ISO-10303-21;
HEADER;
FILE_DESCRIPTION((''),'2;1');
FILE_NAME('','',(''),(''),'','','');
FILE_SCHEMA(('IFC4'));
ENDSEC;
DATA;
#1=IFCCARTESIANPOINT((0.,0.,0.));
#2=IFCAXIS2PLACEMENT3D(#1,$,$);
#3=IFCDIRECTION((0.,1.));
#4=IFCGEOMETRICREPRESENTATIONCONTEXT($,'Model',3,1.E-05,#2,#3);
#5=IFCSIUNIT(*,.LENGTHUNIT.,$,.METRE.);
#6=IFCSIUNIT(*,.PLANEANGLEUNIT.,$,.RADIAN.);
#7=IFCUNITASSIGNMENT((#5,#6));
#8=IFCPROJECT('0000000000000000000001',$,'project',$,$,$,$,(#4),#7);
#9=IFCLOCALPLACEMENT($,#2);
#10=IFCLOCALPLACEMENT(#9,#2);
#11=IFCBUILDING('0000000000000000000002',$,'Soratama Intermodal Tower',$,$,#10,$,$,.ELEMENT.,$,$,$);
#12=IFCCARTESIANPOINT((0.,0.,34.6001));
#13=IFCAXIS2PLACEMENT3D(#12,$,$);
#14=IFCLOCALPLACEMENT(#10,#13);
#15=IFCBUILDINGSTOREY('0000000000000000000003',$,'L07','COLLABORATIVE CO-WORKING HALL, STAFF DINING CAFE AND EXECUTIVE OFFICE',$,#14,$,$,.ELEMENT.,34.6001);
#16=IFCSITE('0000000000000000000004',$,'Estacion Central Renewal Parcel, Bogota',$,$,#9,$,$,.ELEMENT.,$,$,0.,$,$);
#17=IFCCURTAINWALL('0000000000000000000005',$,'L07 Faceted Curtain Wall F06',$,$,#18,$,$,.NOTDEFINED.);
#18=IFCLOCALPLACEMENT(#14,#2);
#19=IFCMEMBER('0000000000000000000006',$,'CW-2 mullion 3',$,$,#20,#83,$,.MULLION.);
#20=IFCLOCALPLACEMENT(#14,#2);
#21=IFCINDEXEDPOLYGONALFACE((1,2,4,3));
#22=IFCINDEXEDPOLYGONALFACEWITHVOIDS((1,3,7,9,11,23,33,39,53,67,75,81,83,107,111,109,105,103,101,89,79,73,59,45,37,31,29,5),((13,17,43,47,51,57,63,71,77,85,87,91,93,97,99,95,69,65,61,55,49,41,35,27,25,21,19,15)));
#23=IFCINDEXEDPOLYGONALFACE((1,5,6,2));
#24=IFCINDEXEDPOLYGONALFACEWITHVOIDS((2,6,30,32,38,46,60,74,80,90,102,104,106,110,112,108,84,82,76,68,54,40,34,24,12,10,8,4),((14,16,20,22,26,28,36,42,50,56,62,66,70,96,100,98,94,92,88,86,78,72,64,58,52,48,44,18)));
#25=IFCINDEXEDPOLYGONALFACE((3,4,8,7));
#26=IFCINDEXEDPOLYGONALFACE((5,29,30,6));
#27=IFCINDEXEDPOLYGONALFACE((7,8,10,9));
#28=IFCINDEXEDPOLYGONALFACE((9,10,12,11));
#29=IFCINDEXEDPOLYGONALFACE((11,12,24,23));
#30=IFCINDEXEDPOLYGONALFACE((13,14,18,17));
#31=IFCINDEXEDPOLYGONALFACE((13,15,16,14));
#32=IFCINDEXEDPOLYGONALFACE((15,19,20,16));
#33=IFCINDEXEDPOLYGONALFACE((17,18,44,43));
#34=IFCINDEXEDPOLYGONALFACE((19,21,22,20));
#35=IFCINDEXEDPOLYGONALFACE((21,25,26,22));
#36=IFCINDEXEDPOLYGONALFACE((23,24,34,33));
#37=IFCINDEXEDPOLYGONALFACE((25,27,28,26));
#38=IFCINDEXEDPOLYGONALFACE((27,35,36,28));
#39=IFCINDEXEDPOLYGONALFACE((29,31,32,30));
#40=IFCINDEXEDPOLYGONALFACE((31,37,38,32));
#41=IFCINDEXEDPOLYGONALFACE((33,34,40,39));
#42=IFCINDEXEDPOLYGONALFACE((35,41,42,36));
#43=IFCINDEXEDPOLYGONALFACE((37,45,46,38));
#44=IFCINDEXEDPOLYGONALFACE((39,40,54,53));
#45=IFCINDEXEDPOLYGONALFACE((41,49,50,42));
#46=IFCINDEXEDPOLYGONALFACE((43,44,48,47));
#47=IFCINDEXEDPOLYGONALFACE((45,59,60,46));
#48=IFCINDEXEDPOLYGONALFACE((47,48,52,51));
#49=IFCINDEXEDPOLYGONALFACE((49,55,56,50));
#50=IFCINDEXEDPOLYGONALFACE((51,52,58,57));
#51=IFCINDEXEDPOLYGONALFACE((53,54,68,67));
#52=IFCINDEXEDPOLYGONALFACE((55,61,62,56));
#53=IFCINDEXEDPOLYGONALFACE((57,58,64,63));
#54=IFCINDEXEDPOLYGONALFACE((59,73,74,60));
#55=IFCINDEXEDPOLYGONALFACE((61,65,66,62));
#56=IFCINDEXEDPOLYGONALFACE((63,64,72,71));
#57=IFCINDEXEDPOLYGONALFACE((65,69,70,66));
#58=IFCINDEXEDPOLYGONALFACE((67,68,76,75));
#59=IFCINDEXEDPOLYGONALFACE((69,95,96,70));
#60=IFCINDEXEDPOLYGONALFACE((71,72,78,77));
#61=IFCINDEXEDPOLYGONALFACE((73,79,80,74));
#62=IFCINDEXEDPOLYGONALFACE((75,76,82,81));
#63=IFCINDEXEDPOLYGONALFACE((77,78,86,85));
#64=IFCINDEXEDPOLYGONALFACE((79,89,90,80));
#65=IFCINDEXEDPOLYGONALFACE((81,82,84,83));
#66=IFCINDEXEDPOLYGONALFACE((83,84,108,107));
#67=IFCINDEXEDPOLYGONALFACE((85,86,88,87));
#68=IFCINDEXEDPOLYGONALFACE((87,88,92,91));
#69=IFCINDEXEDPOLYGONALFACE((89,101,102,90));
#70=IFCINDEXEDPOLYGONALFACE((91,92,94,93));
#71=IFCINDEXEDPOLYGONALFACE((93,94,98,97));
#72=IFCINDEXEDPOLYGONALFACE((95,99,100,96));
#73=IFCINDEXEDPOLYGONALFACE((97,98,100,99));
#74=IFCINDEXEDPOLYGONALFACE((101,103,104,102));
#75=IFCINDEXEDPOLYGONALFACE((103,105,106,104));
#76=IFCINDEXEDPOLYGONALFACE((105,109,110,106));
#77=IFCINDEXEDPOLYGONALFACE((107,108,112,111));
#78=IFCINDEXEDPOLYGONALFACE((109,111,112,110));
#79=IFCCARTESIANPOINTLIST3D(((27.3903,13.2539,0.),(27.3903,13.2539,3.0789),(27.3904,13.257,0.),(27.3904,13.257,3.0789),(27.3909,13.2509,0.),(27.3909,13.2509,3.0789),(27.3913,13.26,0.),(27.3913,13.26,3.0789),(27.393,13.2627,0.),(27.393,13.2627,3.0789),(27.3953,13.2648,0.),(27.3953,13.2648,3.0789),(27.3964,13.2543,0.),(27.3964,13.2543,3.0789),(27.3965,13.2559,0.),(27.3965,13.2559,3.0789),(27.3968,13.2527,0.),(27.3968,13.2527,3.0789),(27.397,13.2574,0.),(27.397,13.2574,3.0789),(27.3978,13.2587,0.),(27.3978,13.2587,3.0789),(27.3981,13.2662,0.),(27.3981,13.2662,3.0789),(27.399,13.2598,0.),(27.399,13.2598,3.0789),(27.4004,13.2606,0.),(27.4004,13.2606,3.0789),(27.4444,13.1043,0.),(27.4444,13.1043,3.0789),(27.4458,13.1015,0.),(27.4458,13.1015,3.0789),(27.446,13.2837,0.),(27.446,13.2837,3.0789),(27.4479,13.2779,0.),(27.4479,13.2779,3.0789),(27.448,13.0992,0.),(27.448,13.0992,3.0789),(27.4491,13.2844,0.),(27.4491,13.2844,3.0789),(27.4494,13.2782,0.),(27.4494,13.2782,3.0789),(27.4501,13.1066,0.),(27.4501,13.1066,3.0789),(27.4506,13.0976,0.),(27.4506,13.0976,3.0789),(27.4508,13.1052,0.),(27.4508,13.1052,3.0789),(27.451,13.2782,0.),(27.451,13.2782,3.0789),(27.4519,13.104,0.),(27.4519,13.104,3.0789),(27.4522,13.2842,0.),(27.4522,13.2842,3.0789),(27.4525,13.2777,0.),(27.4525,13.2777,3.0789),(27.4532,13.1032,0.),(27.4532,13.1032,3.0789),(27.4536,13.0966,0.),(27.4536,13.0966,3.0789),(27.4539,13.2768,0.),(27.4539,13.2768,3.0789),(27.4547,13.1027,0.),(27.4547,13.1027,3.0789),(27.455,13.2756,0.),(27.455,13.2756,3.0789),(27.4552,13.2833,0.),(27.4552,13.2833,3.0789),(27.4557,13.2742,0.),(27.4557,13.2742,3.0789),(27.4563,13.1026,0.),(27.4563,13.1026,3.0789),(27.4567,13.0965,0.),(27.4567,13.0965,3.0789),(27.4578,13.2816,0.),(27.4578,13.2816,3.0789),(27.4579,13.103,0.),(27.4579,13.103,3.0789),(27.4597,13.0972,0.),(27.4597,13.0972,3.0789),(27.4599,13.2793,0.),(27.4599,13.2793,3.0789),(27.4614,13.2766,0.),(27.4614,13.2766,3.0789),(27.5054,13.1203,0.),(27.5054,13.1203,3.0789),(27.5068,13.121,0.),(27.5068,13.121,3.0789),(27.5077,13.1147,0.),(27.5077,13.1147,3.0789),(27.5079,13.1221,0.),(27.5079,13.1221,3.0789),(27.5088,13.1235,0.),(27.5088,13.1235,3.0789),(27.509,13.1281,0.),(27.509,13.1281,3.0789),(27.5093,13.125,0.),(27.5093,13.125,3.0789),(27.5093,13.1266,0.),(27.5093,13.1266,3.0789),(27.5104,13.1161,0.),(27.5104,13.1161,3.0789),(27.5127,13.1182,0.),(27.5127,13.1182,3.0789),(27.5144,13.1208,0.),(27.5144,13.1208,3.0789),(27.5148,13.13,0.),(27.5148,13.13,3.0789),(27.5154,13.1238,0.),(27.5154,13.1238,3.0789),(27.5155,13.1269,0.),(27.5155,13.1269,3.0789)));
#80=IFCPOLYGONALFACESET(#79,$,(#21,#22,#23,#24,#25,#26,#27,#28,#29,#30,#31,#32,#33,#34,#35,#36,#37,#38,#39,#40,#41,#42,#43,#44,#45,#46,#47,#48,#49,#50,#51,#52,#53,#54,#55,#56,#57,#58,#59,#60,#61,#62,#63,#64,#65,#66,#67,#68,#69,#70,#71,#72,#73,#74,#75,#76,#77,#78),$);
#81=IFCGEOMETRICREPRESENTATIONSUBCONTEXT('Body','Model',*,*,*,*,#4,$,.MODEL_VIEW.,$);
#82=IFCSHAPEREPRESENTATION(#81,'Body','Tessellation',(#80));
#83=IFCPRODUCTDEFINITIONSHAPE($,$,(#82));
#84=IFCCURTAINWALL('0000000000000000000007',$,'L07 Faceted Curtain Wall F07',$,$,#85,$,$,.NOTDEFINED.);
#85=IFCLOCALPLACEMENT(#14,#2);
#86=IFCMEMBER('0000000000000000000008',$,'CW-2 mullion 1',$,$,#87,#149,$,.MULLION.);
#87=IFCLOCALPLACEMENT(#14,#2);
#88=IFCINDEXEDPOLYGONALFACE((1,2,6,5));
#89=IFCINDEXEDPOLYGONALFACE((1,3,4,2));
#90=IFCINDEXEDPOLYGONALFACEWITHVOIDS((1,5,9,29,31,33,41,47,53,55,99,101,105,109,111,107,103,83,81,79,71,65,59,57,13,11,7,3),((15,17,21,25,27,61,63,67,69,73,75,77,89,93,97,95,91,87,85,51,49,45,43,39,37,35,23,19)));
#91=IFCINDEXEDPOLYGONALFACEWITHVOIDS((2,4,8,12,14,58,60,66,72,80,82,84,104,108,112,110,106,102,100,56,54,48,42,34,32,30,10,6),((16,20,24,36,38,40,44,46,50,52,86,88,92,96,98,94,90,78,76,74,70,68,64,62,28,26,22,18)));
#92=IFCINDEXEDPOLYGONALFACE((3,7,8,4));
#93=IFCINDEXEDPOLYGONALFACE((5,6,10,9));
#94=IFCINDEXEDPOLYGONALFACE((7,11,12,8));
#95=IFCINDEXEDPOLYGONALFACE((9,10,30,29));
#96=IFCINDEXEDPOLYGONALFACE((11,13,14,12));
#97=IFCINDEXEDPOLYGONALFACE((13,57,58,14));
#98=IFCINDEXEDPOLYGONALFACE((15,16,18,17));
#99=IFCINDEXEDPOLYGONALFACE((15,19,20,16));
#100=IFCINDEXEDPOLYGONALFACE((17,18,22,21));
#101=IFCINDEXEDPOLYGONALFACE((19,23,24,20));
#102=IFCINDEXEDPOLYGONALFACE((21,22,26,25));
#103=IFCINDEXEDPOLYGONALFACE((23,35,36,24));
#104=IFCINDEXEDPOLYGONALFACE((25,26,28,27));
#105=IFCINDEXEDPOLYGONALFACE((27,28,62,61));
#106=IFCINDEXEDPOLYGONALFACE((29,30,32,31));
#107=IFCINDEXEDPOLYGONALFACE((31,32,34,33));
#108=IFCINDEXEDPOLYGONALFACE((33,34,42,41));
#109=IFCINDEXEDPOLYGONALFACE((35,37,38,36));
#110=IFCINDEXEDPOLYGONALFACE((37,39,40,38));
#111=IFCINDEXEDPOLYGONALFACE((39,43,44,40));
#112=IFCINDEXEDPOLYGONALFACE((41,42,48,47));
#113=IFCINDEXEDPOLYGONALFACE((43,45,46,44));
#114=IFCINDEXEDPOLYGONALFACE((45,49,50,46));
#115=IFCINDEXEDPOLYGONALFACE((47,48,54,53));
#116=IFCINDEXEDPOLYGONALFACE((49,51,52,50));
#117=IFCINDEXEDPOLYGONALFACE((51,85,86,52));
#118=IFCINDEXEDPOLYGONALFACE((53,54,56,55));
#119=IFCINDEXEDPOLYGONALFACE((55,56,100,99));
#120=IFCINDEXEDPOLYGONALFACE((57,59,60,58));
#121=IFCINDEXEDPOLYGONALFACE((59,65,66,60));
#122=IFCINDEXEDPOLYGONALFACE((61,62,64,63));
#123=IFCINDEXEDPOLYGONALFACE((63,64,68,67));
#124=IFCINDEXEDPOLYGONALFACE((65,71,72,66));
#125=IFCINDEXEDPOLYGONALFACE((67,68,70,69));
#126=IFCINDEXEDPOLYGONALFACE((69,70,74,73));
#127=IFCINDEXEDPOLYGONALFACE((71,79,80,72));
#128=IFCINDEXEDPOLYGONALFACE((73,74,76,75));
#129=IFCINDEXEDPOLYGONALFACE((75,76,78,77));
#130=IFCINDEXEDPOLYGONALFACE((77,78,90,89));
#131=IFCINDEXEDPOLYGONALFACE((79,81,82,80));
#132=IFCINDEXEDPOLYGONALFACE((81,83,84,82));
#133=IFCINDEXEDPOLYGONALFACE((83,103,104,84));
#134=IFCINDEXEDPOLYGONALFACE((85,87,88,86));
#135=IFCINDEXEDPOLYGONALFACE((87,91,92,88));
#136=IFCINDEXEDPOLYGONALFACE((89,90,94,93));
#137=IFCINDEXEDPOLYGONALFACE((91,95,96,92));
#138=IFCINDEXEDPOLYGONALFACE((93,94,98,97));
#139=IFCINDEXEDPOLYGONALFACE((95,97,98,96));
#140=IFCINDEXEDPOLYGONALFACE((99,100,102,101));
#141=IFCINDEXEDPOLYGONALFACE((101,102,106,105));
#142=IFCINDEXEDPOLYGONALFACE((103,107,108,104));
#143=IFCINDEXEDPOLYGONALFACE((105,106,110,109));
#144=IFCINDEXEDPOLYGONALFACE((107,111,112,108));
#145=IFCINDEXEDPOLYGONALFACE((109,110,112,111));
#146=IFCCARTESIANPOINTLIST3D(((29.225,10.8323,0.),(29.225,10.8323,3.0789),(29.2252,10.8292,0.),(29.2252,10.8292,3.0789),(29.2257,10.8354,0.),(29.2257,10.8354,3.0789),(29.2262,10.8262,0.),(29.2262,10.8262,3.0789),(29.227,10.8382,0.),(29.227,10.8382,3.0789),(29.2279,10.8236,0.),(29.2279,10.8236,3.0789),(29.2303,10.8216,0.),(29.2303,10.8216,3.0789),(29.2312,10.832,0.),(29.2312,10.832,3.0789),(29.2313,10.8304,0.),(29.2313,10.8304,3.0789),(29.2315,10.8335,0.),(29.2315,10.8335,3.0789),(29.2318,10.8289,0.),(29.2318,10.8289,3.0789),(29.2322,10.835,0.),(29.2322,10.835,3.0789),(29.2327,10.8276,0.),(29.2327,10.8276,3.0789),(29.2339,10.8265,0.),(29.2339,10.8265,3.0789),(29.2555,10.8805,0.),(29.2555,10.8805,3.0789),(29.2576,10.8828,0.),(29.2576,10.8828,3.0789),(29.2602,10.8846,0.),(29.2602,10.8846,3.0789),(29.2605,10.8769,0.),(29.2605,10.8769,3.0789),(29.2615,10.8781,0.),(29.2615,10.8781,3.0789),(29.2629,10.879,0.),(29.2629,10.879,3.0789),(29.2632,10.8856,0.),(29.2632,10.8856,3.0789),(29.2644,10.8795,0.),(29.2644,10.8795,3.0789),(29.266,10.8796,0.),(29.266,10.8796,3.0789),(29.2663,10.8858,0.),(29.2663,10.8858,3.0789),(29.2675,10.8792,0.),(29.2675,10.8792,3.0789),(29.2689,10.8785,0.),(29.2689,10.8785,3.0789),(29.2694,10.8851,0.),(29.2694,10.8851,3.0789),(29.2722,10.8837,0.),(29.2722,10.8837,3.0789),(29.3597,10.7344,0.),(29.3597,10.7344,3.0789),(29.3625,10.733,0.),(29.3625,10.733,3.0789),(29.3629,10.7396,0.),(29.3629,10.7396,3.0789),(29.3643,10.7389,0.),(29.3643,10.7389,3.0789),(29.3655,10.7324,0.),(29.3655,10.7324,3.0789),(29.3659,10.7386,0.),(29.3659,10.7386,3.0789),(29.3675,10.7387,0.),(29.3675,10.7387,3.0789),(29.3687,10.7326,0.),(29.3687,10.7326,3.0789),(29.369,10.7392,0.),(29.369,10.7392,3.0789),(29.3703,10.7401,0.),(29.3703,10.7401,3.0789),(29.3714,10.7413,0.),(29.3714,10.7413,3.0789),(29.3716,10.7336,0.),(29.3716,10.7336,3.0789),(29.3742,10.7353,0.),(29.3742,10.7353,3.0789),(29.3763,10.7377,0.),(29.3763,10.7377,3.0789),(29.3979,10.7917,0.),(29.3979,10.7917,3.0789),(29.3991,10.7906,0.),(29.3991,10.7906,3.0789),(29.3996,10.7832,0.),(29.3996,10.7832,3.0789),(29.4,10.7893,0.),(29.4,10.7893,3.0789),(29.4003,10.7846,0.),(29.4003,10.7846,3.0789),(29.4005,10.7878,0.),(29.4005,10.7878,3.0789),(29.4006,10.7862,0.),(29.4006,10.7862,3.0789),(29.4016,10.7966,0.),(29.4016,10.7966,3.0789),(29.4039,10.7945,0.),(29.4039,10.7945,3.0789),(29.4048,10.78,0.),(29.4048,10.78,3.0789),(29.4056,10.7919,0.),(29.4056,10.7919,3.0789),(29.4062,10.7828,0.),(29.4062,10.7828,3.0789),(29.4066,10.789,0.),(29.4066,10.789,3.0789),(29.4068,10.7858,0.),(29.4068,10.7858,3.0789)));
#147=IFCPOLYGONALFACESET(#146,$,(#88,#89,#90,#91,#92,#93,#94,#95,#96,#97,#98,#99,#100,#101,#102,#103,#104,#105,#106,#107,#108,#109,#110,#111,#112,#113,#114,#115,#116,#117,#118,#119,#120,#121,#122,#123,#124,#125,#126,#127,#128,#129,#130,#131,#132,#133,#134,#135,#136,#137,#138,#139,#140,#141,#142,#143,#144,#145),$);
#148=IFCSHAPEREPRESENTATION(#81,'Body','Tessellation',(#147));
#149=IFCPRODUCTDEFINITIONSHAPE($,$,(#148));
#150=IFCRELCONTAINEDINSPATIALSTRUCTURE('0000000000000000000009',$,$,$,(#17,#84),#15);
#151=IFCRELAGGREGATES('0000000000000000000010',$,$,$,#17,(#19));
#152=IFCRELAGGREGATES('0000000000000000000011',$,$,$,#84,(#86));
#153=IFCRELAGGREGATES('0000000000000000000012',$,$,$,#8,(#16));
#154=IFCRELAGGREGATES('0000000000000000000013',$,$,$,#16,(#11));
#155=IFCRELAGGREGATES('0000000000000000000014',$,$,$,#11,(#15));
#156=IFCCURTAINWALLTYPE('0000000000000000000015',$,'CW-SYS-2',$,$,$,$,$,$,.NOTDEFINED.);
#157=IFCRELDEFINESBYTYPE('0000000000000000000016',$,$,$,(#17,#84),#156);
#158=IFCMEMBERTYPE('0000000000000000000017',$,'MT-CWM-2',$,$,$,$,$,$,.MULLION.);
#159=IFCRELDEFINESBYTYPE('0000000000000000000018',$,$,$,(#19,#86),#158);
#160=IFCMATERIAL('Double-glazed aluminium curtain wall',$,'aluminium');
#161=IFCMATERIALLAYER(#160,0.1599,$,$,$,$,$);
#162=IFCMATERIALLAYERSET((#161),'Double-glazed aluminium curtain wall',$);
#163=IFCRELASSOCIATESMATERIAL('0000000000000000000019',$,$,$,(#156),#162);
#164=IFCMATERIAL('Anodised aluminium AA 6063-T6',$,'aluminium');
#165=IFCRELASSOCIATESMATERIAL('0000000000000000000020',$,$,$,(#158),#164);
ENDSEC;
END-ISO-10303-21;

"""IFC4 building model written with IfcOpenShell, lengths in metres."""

from ifc_helpers import new_model, si_unit, direction, frame, origin, origin_2d, place, context, subcontext, project, spatial, hollow_rectangle, extrude, material, layer, layer_set, material_profile, profile_set, type_object, element, aggregate, save


model = new_model("IFC4")

# Units and contexts
model_context = context("Model", 3, precision=1e-05, world=origin(), true_north=direction((0.0, 1.0)))
body_context = subcontext(model_context, "Body", "Model", "MODEL_VIEW")
ifc_project = project(units=[si_unit("LENGTHUNIT", "METRE"), si_unit("PLANEANGLEUNIT", "RADIAN")], contexts=[model_context])

# Site, building, storey
site_placement = place(None, origin())
site = spatial("IfcSite", under=ifc_project, at=site_placement, Name="Estacion Central Renewal Parcel, Bogota", CompositionType="ELEMENT", RefElevation=0.0)
building_placement = place(site_placement, origin())
building = spatial("IfcBuilding", under=site, at=building_placement, Name="Soratama Intermodal Tower", CompositionType="ELEMENT")
storey_placement = place(building_placement, frame((0.0, 0.0, 34.6001)))
storey = spatial("IfcBuildingStorey", under=building, at=storey_placement, Name="L07", Description="COLLABORATIVE CO-WORKING HALL, STAFF DINING CAFE AND EXECUTIVE OFFICE", CompositionType="ELEMENT", Elevation=34.6001)

# Curtain walls, members
ifc_material_1 = material(Name="Double-glazed aluminium curtain wall", Category="aluminium")
ifc_layer_1 = layer(ifc_material_1, 0.1599)
ifc_layer_set_1 = layer_set([ifc_layer_1], Name="Double-glazed aluminium curtain wall")
curtain_wall_type = type_object("IfcCurtainWallType", Name="CW-SYS-2", PredefinedType="NOTDEFINED", material=ifc_layer_set_1)
curtain_wall_1_placement = place(storey_placement, origin())
curtain_wall_1 = element("IfcCurtainWall", 1, at=curtain_wall_1_placement, inside=storey, type_object=curtain_wall_type, Name="L07 Faceted Curtain Wall F06", PredefinedType="NOTDEFINED")
ifc_material_2 = material(Name="Anodised aluminium AA 6063-T6", Category="aluminium")
ifc_material_profile_1 = material_profile(ifc_material_2, hollow_rectangle(XDim=0.075, YDim=0.1799, WallThickness=0.0061, InnerFilletRadius=0.0061, OuterFilletRadius=0.012, at=origin_2d()), Name="CWM180X75X6")
ifc_profile_set_1 = profile_set([ifc_material_profile_1], Name="Anodised aluminium AA 6063-T6")
member_type_1 = type_object("IfcMemberType", Name="MT-CWM-2", PredefinedType="MULLION", material=ifc_profile_set_1)
member_1_placement = place(storey_placement, frame((27.4529, 13.1904, 0.0), z_axis=(0.0, 0.0, 1.0), x_axis=(0.939453, 0.342679, 0.0)))
member_1 = element("IfcMember", 2, at=member_1_placement, type_object=member_type_1, Name="CW-2 mullion 3", PredefinedType="MULLION", context=body_context, shape_type="SweptSolid", body=[
    extrude(hollow_rectangle(XDim=0.075, YDim=0.1799, WallThickness=0.0061, InnerFilletRadius=0.0061, OuterFilletRadius=0.012, at=origin_2d()), origin(), (0.0, 0.0, 1.0), 3.0789),
])
curtain_wall_2_placement = place(storey_placement, origin())
curtain_wall_2 = element("IfcCurtainWall", 3, at=curtain_wall_2_placement, inside=storey, type_object=curtain_wall_type, Name="L07 Faceted Curtain Wall F07", PredefinedType="NOTDEFINED")
member_2_placement = place(storey_placement, frame((29.3159, 10.8091, 0.0), z_axis=(0.0, 0.0, 1.0), x_axis=(0.558611, 0.82943, 0.0)))
member_2 = element("IfcMember", 4, at=member_2_placement, type_object=member_type_1, Name="CW-2 mullion 1", PredefinedType="MULLION", context=body_context, shape_type="SweptSolid", body=[
    extrude(hollow_rectangle(XDim=0.075, YDim=0.1799, WallThickness=0.0061, InnerFilletRadius=0.0061, OuterFilletRadius=0.012, at=origin_2d()), origin(), (0.0, 0.0, 1.0), 3.0789),
])

aggregate(curtain_wall_1, [member_1])
aggregate(curtain_wall_2, [member_2])

save(model, "model.ifc")
